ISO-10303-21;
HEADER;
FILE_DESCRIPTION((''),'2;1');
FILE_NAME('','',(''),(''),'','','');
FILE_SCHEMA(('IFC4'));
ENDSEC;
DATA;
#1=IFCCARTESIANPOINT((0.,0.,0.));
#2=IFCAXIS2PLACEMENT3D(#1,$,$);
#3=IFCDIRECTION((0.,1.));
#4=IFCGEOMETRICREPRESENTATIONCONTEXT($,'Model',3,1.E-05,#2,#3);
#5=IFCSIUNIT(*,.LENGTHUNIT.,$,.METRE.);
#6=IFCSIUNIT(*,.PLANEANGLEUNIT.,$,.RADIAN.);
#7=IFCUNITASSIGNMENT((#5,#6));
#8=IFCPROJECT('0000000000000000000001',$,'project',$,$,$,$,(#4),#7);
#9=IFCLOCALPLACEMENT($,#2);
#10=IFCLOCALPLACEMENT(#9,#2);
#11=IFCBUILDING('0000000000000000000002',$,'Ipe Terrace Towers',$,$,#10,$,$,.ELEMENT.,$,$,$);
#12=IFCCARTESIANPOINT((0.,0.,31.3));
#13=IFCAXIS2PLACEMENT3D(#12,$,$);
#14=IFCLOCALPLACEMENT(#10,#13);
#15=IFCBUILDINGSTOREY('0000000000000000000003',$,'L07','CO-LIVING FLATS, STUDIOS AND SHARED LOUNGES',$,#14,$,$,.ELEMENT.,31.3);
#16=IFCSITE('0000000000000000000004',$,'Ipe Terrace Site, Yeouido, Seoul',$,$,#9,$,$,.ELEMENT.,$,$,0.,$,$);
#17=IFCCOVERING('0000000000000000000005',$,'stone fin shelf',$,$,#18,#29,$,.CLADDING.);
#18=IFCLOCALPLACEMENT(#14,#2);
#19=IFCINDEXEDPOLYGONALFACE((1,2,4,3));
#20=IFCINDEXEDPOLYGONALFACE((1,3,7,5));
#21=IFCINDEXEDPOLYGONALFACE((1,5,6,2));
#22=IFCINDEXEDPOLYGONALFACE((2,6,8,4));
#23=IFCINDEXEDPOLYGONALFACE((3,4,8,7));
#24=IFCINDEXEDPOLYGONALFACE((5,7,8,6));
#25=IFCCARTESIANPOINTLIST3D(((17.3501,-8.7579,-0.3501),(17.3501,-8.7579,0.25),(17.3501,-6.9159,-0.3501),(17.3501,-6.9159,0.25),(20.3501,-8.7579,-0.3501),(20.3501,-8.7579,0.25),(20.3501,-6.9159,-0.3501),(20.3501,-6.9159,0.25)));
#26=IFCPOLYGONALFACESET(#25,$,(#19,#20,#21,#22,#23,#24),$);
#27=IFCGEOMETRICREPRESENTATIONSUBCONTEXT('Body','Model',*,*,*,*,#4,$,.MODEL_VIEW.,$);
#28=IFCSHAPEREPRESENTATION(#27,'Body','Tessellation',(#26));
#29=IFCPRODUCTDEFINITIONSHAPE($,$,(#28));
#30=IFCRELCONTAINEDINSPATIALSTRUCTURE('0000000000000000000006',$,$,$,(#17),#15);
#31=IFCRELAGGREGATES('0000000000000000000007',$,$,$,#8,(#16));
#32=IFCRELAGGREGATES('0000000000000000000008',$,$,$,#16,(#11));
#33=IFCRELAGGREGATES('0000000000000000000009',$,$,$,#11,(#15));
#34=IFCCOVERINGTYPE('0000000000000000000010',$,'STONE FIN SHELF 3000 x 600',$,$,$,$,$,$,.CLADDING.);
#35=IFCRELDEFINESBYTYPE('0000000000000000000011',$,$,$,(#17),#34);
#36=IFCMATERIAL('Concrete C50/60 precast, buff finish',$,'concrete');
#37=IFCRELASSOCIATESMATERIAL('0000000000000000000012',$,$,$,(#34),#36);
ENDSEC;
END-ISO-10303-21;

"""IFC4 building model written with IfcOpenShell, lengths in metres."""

from ifc_helpers import new_model, si_unit, direction, frame, origin, origin_2d, place, context, subcontext, project, spatial, rectangle, extrude, material, type_object, element, save


model = new_model("IFC4")

# Units and contexts
model_context = context("Model", 3, precision=1e-05, world=origin(), true_north=direction((0.0, 1.0)))
body_context = subcontext(model_context, "Body", "Model", "MODEL_VIEW")
ifc_project = project(units=[si_unit("LENGTHUNIT", "METRE"), si_unit("PLANEANGLEUNIT", "RADIAN")], contexts=[model_context])

# Site, building, storey
site_placement = place(None, origin())
site = spatial("IfcSite", under=ifc_project, at=site_placement, Name="Ipe Terrace Site, Yeouido, Seoul", CompositionType="ELEMENT", RefElevation=0.0)
building_placement = place(site_placement, origin())
building = spatial("IfcBuilding", under=site, at=building_placement, Name="Ipe Terrace Towers", CompositionType="ELEMENT")
storey_placement = place(building_placement, frame((0.0, 0.0, 31.3)))
storey = spatial("IfcBuildingStorey", under=building, at=storey_placement, Name="L07", Description="CO-LIVING FLATS, STUDIOS AND SHARED LOUNGES", CompositionType="ELEMENT", Elevation=31.3)

# Covering
ifc_material_1 = material(Name="Concrete C50/60 precast, buff finish", Category="concrete")
covering_type_1 = type_object("IfcCoveringType", Name="STONE FIN SHELF 3000 x 600", PredefinedType="CLADDING", material=ifc_material_1)
for number, where, z_axis, x_axis, name in (
    (1, (18.8501, -7.8369, -0.3501), (0.0, 0.0, 1.0), (1.0, 0.0, 0.0), "stone fin shelf"),
):
    element("IfcCovering", number, at=place(storey_placement, frame(where, z_axis=z_axis, x_axis=x_axis)), inside=storey, type_object=covering_type_1, Name=name, PredefinedType="CLADDING", context=body_context, shape_type="SweptSolid", body=[
        extrude(rectangle(XDim=3.0, YDim=1.842, at=origin_2d()), origin(), (0.0, 0.0, 1.0), 0.6001),
    ])

save(model, "model.ifc")
